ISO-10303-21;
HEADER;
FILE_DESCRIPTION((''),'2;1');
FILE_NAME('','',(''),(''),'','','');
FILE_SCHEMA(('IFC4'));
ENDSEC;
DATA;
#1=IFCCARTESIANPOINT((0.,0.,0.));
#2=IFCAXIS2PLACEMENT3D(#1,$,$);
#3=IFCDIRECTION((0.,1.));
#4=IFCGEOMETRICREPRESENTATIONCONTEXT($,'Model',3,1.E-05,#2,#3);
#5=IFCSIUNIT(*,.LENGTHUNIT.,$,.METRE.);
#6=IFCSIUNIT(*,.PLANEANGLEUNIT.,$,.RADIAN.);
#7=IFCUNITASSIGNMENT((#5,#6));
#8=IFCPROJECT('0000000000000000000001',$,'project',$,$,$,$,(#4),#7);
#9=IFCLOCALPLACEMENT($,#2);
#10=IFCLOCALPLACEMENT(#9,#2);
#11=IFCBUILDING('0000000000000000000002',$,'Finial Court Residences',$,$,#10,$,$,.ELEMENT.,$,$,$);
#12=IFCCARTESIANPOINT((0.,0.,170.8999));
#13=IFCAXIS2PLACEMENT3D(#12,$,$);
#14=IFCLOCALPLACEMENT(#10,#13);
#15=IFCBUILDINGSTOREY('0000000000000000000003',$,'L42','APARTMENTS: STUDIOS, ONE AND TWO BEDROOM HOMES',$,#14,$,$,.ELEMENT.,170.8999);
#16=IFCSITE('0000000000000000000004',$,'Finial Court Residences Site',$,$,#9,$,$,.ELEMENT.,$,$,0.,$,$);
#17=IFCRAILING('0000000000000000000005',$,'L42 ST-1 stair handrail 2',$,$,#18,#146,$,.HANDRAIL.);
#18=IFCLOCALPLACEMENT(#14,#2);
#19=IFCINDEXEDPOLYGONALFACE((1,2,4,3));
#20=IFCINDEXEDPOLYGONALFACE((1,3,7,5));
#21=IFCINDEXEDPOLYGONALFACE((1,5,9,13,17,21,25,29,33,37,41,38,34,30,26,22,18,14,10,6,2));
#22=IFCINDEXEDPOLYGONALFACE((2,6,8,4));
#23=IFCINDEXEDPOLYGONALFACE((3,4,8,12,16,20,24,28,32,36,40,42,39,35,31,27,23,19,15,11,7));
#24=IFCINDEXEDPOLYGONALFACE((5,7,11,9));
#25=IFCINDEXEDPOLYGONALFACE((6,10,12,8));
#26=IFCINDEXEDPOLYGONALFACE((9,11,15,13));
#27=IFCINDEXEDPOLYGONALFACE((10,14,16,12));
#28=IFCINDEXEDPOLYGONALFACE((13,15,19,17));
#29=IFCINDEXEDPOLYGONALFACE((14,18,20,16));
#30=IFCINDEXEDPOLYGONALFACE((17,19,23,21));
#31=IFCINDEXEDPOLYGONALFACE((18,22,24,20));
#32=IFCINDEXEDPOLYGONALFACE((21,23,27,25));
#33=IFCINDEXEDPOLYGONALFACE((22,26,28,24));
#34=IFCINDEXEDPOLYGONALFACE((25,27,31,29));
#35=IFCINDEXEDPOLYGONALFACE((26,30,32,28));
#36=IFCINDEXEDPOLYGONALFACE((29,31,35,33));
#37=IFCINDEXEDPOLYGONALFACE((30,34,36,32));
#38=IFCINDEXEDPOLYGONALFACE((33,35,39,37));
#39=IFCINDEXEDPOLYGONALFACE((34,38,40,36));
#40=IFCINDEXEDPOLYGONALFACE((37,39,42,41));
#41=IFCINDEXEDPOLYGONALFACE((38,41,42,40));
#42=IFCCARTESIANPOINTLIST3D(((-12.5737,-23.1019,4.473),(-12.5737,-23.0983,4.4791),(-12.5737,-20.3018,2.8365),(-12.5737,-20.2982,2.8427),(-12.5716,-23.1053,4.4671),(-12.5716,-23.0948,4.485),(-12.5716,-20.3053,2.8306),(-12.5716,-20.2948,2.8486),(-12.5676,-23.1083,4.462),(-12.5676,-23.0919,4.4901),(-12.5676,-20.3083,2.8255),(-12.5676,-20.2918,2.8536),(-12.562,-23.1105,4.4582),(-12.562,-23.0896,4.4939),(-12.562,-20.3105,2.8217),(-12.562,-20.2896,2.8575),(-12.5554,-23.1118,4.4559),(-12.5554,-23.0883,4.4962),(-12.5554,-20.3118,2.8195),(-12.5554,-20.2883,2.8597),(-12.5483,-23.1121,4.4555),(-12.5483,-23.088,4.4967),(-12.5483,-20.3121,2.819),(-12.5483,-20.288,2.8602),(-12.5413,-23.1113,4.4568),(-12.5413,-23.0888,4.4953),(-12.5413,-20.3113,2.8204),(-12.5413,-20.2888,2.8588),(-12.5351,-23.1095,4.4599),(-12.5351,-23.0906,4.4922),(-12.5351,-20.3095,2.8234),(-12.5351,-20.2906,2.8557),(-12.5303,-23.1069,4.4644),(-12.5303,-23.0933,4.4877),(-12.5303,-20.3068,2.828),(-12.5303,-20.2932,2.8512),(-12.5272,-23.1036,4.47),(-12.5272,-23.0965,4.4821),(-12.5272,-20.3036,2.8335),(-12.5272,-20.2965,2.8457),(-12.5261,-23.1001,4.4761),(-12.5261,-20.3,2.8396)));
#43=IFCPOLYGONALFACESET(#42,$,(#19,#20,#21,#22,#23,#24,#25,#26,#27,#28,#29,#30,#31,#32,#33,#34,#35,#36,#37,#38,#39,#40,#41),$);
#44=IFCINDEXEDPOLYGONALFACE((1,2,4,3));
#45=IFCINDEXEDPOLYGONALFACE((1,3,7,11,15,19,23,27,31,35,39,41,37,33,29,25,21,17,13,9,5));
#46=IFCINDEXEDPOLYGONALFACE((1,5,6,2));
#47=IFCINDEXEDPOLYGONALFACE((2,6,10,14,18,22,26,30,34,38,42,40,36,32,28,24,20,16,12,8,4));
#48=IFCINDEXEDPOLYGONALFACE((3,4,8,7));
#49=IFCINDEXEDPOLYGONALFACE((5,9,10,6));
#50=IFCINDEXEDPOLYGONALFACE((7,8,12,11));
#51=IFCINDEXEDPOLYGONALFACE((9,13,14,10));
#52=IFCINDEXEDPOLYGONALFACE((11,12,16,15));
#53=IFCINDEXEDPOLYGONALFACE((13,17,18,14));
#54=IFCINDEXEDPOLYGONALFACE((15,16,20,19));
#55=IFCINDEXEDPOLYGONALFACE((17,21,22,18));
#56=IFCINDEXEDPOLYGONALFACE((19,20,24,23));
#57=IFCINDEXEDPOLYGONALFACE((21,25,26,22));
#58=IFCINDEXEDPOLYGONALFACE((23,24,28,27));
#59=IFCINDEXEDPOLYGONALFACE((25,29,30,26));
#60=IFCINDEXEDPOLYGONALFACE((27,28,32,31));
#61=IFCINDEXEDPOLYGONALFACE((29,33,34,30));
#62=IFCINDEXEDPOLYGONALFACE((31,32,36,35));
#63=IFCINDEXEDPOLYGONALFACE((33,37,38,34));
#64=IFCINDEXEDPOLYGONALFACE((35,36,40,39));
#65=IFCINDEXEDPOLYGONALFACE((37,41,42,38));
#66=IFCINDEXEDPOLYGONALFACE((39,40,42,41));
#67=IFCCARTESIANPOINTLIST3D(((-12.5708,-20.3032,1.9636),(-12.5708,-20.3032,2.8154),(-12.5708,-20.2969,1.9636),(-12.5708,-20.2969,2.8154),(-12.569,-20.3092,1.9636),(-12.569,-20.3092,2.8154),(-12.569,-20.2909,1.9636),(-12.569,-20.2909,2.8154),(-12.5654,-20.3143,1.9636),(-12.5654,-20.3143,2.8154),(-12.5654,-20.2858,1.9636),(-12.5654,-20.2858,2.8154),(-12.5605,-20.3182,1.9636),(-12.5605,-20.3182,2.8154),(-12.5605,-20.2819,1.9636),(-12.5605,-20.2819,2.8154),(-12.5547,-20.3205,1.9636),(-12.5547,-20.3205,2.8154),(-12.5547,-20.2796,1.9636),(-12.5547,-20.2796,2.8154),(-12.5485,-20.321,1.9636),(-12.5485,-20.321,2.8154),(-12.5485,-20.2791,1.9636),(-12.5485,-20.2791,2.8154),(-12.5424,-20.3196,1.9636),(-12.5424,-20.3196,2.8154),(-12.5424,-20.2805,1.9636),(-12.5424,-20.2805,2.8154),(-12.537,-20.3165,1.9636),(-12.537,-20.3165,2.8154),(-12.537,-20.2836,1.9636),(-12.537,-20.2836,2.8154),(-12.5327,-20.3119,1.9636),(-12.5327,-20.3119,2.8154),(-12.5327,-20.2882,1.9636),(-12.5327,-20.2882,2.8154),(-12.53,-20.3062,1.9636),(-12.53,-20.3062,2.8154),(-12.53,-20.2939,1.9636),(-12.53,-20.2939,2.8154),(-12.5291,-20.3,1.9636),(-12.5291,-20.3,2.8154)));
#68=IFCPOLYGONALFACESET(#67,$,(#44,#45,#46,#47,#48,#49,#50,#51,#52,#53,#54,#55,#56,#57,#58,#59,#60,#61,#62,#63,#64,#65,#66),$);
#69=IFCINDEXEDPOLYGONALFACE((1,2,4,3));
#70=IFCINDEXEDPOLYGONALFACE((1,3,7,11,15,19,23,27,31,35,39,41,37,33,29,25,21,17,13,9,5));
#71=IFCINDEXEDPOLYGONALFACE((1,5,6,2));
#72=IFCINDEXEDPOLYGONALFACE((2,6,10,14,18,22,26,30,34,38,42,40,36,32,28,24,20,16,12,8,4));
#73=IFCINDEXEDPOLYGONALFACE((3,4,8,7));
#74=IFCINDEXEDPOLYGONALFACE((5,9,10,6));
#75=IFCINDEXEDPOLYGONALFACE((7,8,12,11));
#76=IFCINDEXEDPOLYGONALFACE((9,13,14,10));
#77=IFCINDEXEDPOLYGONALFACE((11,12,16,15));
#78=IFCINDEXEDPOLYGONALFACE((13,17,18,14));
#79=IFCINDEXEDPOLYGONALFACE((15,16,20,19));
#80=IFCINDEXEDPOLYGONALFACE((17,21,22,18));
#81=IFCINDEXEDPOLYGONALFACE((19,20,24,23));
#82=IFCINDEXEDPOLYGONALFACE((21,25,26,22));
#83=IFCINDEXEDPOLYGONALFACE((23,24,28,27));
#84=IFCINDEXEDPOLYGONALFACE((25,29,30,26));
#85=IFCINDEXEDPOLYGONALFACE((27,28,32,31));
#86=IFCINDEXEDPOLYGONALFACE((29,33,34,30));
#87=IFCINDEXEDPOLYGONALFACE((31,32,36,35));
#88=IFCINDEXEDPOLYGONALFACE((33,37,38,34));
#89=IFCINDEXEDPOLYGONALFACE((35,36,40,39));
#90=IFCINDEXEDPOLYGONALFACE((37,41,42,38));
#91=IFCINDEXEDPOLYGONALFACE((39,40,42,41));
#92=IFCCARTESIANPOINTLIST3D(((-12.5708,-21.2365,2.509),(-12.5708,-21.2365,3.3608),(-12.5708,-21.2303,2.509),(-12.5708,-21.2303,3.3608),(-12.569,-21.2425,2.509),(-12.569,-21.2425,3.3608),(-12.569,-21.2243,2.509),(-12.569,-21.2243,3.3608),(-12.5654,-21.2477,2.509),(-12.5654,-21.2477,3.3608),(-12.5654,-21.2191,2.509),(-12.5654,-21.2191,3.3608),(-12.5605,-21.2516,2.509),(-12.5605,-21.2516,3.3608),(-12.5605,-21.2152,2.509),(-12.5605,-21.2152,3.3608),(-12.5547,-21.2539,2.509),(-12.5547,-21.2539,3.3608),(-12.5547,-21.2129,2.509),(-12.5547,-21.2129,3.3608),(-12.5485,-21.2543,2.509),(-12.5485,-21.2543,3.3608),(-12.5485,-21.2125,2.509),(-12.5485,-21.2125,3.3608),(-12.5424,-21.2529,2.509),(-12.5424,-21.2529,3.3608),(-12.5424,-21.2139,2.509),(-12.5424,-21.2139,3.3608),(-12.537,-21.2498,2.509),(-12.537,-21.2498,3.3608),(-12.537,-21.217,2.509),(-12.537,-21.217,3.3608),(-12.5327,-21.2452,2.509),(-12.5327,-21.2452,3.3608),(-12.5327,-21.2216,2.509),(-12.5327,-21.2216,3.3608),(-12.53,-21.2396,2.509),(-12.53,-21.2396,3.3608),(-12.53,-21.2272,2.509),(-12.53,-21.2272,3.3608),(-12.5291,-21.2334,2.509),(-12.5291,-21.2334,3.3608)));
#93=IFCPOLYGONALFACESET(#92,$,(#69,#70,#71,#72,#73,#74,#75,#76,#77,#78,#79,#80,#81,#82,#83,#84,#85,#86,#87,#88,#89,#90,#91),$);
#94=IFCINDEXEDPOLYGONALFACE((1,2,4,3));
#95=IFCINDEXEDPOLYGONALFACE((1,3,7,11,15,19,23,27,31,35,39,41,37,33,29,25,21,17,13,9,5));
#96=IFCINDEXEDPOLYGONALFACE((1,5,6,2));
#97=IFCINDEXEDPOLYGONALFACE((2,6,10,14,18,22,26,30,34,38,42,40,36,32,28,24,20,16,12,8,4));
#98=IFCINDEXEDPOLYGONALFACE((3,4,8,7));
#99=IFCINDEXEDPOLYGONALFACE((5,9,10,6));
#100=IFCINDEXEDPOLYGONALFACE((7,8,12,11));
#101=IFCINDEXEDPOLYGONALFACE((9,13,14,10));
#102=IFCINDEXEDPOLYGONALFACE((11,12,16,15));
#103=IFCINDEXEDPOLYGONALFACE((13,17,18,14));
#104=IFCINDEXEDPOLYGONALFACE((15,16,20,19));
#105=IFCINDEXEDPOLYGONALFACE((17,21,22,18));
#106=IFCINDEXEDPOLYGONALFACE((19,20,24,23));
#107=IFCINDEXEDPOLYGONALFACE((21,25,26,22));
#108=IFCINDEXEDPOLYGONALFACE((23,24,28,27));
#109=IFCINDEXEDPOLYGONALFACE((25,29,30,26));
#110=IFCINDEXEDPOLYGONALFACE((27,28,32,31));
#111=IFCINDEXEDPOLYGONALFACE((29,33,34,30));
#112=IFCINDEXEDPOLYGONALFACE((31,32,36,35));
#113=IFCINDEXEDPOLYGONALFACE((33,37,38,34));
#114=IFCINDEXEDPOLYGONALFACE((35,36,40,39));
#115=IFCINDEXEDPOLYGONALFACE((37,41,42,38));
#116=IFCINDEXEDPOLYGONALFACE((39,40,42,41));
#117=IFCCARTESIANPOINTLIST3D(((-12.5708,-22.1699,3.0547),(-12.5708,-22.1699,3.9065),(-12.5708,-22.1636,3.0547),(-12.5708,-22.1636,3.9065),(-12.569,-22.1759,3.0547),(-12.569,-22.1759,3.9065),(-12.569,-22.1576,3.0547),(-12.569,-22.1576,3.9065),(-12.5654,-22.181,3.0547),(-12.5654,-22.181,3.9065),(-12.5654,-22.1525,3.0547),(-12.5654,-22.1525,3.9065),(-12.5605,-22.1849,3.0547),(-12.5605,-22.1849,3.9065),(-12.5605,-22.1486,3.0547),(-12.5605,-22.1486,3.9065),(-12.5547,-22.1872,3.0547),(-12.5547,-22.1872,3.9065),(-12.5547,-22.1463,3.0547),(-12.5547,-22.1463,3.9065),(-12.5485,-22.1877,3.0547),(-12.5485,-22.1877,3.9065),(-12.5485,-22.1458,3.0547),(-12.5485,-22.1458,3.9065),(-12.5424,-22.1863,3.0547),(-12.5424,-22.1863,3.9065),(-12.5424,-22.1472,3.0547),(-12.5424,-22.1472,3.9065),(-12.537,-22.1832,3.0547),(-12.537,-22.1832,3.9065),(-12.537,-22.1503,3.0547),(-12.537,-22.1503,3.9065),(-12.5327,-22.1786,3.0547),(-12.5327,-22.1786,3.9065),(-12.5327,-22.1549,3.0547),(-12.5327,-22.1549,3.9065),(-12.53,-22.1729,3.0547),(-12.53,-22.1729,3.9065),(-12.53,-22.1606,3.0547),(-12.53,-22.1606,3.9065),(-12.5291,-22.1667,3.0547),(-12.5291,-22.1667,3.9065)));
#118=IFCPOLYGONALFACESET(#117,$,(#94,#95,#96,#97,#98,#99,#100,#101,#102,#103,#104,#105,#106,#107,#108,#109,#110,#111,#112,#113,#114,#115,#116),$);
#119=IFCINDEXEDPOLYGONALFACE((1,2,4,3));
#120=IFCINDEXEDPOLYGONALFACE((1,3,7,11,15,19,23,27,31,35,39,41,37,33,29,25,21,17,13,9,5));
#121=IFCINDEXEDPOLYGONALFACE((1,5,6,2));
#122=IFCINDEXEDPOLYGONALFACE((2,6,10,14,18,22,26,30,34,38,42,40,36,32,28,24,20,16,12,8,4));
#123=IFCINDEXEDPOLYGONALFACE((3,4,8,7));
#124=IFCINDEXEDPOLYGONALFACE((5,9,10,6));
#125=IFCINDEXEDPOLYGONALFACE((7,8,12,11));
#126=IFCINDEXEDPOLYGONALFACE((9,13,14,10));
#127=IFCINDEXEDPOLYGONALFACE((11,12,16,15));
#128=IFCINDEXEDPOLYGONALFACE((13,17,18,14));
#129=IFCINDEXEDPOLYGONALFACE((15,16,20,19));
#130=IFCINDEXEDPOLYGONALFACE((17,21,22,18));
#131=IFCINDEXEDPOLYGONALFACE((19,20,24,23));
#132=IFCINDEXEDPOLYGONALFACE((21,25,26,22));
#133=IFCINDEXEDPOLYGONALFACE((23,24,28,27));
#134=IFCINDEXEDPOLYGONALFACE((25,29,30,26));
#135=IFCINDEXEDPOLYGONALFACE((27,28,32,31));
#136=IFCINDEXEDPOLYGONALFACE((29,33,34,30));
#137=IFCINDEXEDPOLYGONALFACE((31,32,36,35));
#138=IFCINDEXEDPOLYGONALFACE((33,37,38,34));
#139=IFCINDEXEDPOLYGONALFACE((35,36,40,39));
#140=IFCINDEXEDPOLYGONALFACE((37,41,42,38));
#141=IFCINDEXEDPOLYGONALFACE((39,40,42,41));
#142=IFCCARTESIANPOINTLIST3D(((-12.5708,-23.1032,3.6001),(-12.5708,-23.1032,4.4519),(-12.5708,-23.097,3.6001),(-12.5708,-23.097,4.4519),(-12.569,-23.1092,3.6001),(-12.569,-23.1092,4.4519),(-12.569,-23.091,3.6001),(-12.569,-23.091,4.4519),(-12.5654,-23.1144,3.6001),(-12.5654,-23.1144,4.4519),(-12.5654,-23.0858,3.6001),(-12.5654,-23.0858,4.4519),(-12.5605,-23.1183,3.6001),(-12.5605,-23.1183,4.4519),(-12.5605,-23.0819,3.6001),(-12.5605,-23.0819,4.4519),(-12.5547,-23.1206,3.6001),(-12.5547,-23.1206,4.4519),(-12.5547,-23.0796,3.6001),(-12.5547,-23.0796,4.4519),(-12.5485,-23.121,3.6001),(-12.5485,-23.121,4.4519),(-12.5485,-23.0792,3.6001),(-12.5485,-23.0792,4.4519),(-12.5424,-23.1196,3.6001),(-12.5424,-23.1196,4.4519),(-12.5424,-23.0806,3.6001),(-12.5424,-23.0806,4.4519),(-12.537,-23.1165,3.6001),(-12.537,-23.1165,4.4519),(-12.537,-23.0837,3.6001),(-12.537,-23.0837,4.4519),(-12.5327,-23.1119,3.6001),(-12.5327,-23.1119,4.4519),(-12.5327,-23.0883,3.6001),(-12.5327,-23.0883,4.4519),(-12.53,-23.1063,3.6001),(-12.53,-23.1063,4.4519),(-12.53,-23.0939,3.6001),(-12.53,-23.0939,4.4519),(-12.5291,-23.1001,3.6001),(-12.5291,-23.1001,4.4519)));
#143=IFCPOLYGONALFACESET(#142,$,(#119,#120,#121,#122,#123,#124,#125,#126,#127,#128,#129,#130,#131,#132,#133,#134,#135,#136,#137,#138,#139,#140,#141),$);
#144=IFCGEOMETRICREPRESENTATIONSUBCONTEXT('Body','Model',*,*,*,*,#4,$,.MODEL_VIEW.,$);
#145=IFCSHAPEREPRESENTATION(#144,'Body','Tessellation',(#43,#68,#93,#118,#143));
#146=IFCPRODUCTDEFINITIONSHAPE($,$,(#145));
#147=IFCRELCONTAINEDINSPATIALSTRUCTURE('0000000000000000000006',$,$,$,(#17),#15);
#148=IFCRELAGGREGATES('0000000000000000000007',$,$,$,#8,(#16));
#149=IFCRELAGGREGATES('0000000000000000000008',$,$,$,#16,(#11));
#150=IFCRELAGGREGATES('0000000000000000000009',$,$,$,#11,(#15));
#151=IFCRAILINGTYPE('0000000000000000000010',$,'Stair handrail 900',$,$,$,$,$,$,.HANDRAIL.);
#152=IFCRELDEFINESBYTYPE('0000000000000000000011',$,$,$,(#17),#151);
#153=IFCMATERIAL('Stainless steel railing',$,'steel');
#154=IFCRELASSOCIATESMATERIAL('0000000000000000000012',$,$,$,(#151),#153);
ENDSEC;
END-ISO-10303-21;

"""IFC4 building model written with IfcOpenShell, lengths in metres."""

from ifc_helpers import new_model, si_unit, direction, frame, origin, origin_2d, place, context, subcontext, project, spatial, circle, extrude, material, type_object, element, save


model = new_model("IFC4")

# Units and contexts
model_context = context("Model", 3, precision=1e-05, world=origin(), true_north=direction((0.0, 1.0)))
body_context = subcontext(model_context, "Body", "Model", "MODEL_VIEW")
ifc_project = project(units=[si_unit("LENGTHUNIT", "METRE"), si_unit("PLANEANGLEUNIT", "RADIAN")], contexts=[model_context])

# Site, building, storey
site_placement = place(None, origin())
site = spatial("IfcSite", under=ifc_project, at=site_placement, Name="Finial Court Residences Site", CompositionType="ELEMENT", RefElevation=0.0)
building_placement = place(site_placement, origin())
building = spatial("IfcBuilding", under=site, at=building_placement, Name="Finial Court Residences", CompositionType="ELEMENT")
storey_placement = place(building_placement, frame((0.0, 0.0, 170.8999)))
storey = spatial("IfcBuildingStorey", under=building, at=storey_placement, Name="L42", Description="APARTMENTS: STUDIOS, ONE AND TWO BEDROOM HOMES", CompositionType="ELEMENT", Elevation=170.8999)

# Railing
ifc_material_1 = material(Name="Stainless steel railing", Category="steel")
railing_type_1 = type_object("IfcRailingType", Name="Stair handrail 900", PredefinedType="HANDRAIL", material=ifc_material_1)
railing_1_placement = place(storey_placement, frame((-12.55, -20.3, 1.9636)))
element("IfcRailing", 1, at=railing_1_placement, inside=storey, type_object=railing_type_1, Name="L42 ST-1 stair handrail 2", PredefinedType="HANDRAIL", context=body_context, shape_type="SweptSolid", body=[
    extrude(circle(Radius=0.0239, at=origin_2d()), frame((0.0, 0.0, 0.876), z_axis=(0.0, -0.863361, 0.504587), x_axis=(1.0, 0.0, 0.0)), (0.0, 0.0, 1.0), 3.2432),
    extrude(circle(Radius=0.021, at=origin_2d()), origin(), (0.0, 0.0, 1.0), 0.8518),
    extrude(circle(Radius=0.021, at=origin_2d()), frame((0.0, -0.9333, 0.5454)), (0.0, 0.0, 1.0), 0.8518),
    extrude(circle(Radius=0.021, at=origin_2d()), frame((0.0, -1.8667, 1.0911)), (0.0, 0.0, 1.0), 0.8518),
    extrude(circle(Radius=0.021, at=origin_2d()), frame((0.0, -2.8, 1.6365)), (0.0, 0.0, 1.0), 0.8518),
])

save(model, "model.ifc")
